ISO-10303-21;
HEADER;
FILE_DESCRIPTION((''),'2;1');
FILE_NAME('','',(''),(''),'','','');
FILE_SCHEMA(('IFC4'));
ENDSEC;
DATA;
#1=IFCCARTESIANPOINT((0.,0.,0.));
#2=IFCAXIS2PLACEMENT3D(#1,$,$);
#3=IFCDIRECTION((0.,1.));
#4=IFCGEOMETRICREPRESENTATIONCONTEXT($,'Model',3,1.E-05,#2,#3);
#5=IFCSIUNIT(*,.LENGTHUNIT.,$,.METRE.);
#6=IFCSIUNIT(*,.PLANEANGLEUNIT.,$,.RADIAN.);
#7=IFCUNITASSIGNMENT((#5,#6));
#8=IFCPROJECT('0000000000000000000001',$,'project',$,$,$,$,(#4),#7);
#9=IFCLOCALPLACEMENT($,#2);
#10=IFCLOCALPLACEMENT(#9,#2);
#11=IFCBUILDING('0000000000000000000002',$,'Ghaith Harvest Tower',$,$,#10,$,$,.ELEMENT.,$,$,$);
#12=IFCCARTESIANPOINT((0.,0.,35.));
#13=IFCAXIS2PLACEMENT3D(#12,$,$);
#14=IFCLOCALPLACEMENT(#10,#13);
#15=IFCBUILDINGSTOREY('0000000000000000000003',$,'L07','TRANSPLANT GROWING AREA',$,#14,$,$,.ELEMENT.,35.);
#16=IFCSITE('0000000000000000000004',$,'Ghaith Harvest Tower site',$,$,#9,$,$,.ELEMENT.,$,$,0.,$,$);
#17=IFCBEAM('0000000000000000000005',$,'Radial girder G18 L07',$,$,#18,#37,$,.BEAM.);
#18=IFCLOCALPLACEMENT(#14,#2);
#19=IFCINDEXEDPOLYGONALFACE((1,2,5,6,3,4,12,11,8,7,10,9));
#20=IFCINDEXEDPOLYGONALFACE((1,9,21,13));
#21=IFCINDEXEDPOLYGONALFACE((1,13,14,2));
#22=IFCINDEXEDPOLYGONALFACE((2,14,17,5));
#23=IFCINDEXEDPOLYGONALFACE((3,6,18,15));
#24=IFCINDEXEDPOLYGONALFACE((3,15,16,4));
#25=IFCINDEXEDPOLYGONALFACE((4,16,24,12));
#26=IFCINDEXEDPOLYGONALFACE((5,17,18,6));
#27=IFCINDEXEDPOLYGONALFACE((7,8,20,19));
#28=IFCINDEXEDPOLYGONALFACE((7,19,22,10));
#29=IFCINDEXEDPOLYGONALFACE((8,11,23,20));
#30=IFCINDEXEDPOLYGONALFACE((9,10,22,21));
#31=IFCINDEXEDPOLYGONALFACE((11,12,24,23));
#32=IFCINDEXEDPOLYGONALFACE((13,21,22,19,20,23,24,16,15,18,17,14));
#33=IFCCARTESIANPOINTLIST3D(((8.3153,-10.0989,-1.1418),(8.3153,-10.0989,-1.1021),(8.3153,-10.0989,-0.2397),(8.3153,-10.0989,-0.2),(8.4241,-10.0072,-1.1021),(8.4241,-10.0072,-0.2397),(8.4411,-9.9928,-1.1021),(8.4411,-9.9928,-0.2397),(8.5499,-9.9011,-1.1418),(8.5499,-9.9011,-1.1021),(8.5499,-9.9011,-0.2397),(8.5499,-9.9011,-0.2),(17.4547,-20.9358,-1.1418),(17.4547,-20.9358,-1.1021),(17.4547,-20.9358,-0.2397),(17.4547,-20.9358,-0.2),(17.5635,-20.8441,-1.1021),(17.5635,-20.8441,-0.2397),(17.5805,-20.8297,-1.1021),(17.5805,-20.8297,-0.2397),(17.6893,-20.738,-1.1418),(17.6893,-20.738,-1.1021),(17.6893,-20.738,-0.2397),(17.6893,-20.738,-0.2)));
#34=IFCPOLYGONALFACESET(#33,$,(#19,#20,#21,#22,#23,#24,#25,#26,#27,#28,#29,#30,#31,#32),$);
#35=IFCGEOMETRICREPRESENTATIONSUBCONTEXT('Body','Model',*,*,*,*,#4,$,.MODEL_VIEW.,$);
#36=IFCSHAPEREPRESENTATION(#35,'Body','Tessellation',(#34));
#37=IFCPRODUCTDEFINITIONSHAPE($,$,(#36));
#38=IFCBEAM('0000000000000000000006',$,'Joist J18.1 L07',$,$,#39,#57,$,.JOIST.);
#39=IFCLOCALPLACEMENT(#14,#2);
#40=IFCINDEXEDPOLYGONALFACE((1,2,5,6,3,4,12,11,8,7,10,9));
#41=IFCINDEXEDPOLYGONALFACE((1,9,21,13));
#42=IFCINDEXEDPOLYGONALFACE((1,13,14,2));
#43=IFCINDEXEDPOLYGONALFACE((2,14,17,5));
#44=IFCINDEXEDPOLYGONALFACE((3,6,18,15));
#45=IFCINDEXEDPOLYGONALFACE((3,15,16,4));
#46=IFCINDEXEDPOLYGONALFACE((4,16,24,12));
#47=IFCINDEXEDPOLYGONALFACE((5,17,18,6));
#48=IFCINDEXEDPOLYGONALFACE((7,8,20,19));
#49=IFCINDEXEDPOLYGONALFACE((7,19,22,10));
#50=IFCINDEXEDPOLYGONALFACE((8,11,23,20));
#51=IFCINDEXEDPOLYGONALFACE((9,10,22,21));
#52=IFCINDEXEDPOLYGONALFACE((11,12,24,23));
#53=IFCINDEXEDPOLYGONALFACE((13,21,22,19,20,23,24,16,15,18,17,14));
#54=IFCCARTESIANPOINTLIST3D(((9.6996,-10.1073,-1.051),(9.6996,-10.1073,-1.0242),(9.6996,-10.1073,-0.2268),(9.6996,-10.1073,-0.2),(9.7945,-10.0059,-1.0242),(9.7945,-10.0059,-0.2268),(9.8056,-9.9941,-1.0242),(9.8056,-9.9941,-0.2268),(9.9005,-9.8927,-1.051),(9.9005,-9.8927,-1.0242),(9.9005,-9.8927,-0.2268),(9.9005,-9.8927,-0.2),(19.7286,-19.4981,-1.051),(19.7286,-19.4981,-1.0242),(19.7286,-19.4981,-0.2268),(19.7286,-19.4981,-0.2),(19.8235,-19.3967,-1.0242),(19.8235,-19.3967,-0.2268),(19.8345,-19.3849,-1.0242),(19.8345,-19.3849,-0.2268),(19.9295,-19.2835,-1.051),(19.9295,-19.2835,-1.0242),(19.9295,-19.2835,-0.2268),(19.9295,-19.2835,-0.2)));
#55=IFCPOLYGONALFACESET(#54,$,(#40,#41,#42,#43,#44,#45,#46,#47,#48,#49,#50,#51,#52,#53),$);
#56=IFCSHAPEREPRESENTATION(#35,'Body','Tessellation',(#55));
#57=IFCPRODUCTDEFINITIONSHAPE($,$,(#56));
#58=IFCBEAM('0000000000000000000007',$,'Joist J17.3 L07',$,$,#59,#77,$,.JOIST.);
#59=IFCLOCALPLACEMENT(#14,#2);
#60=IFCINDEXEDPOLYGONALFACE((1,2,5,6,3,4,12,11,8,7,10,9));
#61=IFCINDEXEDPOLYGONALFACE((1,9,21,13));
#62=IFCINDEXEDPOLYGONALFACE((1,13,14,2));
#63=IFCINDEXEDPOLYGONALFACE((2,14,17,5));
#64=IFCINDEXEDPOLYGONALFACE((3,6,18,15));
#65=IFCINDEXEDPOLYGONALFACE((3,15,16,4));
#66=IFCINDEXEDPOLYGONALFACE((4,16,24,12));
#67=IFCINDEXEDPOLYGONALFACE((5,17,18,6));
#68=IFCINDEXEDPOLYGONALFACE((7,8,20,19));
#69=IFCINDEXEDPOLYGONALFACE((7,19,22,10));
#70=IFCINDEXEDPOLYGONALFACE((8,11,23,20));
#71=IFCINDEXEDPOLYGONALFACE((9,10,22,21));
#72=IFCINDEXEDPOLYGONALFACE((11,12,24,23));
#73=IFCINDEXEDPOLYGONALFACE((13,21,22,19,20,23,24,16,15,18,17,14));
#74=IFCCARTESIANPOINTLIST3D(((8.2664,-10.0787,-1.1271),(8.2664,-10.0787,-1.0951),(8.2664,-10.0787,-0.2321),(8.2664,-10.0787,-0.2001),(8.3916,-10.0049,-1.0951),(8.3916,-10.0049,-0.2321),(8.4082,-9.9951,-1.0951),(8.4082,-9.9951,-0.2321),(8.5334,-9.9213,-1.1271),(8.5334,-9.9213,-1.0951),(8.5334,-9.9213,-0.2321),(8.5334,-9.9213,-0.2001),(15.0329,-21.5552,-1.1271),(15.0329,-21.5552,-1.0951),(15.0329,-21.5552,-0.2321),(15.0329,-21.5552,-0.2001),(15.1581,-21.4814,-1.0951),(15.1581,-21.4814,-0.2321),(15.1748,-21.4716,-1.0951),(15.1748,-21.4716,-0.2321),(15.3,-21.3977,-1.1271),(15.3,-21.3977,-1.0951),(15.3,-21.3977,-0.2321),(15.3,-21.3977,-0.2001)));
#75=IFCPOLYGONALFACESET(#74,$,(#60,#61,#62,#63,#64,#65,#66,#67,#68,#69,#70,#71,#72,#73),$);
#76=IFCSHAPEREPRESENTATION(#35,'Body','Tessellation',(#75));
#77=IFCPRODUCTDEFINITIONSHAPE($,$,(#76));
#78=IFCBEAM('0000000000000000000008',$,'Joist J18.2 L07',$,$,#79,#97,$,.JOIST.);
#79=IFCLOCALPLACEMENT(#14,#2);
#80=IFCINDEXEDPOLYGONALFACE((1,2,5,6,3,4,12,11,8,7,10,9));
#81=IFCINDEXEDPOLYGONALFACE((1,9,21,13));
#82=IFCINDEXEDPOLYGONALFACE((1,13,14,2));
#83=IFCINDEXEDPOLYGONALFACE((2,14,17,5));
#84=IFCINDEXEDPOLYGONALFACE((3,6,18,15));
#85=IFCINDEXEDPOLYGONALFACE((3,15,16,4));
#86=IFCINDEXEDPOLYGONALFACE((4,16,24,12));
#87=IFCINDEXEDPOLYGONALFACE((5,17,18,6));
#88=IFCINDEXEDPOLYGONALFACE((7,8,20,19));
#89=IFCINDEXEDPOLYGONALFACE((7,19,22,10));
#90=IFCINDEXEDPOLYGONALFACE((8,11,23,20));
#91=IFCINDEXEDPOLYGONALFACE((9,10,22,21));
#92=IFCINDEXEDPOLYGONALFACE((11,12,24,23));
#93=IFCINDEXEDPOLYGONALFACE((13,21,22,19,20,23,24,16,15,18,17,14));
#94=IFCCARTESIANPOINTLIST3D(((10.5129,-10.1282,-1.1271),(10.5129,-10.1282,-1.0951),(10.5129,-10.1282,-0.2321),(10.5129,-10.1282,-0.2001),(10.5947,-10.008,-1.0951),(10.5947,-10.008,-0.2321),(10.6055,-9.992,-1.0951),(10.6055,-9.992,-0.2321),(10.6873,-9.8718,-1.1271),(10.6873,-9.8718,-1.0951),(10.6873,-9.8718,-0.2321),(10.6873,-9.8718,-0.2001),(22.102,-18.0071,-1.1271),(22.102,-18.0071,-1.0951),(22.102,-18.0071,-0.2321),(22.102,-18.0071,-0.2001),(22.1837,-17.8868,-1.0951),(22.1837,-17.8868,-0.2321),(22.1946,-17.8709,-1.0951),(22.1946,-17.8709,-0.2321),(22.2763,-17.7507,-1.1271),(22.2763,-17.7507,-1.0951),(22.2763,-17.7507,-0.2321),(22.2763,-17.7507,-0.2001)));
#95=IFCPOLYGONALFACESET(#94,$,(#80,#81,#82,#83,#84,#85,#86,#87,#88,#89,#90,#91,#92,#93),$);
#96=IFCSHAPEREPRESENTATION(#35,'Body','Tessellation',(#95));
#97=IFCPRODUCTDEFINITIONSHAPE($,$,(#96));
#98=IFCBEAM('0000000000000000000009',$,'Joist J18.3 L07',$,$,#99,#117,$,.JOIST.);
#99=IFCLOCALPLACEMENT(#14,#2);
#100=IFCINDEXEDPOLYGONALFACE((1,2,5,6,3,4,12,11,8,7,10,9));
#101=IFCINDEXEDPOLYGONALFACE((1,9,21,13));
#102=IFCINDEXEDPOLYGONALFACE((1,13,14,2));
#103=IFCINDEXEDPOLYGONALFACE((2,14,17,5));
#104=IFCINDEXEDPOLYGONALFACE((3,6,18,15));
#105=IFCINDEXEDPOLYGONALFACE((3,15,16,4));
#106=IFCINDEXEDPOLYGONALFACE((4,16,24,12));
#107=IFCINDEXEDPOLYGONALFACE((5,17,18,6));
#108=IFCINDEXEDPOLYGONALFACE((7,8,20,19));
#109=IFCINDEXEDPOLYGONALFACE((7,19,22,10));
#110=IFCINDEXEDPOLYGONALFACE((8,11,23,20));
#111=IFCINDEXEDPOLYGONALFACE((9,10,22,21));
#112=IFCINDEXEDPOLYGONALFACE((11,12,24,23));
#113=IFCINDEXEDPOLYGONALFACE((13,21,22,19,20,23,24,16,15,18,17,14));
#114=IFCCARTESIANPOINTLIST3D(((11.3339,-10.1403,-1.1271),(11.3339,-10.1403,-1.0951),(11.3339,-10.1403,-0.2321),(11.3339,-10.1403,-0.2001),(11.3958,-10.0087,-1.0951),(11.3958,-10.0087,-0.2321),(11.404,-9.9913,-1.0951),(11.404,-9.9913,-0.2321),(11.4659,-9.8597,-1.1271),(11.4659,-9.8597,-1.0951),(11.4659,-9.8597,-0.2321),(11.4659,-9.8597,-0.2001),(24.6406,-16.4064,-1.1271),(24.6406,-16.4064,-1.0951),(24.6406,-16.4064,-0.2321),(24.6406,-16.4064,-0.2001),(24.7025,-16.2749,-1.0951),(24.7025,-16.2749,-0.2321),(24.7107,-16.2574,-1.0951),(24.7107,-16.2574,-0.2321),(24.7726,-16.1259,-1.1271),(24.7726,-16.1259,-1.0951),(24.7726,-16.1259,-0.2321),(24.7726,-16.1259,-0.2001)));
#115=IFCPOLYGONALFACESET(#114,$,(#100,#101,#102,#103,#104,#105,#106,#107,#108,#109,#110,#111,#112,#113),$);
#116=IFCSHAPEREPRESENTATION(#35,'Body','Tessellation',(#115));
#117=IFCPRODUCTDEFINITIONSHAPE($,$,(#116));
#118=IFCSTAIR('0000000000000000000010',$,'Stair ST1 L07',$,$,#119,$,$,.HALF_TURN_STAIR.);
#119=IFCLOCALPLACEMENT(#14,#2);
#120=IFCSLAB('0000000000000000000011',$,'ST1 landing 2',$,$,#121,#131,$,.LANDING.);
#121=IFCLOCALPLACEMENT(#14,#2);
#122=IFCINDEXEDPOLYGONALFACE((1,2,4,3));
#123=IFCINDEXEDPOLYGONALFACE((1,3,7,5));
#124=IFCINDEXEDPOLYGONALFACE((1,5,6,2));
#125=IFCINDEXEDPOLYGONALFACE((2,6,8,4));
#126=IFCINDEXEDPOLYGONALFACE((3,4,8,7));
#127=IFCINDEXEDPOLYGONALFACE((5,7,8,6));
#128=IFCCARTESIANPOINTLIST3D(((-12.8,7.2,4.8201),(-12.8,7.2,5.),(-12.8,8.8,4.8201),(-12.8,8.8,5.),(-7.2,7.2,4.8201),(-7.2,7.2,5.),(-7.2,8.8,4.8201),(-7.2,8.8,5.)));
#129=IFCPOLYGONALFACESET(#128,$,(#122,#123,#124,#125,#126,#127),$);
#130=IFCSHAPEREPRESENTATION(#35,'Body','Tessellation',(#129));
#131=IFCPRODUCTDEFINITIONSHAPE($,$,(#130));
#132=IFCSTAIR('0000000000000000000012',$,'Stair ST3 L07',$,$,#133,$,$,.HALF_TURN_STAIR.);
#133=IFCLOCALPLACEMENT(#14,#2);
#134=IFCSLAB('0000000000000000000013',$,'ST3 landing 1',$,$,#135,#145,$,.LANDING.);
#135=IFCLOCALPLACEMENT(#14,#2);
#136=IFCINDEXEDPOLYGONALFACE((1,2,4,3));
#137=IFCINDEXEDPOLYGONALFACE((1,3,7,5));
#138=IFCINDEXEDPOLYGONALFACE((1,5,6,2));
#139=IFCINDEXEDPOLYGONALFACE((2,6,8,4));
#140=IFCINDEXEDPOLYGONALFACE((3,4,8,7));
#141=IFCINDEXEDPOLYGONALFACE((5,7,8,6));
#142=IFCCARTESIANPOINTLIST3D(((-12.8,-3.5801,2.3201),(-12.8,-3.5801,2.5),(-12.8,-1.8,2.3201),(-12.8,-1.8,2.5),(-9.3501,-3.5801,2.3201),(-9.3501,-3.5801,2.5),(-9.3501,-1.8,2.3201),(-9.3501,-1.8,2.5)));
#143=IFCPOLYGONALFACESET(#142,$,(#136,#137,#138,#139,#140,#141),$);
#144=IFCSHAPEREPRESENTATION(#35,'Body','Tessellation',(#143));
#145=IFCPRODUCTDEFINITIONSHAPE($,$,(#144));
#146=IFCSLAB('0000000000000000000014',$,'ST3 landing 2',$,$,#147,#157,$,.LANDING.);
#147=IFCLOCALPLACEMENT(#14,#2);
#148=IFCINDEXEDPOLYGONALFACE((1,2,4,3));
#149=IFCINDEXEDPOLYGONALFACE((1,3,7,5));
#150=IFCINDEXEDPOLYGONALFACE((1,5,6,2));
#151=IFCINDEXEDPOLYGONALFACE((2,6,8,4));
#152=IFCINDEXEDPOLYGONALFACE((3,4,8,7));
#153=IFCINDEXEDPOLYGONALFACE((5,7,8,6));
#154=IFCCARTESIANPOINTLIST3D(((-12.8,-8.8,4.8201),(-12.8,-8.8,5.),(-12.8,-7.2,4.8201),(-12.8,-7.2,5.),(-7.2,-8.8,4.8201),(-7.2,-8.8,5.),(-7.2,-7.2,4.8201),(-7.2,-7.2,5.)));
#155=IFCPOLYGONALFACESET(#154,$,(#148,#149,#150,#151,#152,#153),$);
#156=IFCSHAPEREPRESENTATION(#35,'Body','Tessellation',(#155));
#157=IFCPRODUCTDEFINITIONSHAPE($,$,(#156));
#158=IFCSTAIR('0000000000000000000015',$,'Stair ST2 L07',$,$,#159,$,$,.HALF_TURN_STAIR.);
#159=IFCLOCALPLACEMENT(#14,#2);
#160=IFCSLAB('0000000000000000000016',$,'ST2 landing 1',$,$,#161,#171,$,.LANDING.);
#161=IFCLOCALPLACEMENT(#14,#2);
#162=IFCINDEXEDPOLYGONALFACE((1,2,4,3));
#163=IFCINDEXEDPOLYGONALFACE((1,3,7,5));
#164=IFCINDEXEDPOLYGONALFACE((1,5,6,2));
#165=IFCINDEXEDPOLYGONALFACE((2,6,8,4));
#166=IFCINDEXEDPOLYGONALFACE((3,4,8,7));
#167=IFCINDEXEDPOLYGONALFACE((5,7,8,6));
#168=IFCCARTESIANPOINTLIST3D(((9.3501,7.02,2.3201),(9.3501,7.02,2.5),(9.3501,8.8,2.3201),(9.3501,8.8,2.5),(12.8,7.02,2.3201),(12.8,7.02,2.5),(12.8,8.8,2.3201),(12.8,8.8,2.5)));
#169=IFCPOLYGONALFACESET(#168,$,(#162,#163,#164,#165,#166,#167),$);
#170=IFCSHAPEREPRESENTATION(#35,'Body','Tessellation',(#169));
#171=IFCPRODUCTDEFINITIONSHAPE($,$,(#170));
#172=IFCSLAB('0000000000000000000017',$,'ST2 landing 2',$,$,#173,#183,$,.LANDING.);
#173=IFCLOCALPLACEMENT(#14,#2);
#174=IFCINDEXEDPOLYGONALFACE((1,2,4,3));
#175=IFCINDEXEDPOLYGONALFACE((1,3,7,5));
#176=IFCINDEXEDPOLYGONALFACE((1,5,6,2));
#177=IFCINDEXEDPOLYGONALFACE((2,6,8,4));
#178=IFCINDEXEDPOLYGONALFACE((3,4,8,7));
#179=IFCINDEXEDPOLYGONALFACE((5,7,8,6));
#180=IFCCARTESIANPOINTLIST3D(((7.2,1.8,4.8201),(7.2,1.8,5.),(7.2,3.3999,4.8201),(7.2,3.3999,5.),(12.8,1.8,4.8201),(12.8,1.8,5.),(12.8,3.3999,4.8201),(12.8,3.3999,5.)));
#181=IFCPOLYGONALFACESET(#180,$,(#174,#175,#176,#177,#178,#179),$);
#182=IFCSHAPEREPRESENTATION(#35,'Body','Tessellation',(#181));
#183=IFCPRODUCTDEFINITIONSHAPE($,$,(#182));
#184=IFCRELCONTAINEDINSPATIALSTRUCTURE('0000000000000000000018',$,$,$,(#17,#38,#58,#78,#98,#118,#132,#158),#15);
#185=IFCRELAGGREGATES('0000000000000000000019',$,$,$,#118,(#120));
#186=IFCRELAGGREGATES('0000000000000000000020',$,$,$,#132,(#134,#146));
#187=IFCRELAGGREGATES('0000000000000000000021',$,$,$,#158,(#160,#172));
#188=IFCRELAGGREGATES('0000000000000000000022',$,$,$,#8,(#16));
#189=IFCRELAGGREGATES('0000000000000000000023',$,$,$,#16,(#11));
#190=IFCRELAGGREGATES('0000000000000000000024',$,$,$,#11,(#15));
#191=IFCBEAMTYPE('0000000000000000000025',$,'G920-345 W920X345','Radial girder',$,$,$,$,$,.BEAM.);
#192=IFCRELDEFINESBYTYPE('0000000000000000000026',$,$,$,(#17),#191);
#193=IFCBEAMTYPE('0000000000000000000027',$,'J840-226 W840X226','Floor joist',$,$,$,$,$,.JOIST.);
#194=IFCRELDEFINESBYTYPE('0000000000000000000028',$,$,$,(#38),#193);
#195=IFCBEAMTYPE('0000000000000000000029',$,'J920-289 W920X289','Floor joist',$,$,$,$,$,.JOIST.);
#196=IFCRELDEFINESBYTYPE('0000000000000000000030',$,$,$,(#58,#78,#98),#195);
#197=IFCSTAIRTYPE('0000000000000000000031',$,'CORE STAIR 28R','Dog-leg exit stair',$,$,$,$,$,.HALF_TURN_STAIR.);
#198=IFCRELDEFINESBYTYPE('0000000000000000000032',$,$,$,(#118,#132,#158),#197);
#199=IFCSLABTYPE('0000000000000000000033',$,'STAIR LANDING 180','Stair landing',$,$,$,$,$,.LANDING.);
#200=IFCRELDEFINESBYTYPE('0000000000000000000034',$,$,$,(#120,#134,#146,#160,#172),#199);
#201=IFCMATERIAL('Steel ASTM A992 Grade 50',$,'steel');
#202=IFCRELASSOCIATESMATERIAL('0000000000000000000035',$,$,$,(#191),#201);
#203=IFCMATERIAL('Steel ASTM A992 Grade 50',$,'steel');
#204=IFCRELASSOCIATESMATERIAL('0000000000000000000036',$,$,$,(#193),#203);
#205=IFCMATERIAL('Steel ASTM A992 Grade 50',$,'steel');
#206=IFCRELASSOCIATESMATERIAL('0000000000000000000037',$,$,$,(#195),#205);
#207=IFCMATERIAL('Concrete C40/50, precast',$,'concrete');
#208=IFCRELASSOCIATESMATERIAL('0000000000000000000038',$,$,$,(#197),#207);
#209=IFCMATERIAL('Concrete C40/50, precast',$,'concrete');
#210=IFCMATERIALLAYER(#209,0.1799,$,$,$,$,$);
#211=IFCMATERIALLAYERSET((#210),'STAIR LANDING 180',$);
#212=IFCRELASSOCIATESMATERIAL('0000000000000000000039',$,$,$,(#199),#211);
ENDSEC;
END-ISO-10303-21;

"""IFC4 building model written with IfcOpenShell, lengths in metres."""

from ifc_helpers import new_model, si_unit, direction, frame, origin, origin_2d, place, context, subcontext, project, spatial, polyline, i_section, outline, extrude, material, layer, layer_set, material_profile, profile_set, type_object, element, aggregate, save


model = new_model("IFC4")

# Units and contexts
model_context = context("Model", 3, precision=1e-05, world=origin(), true_north=direction((0.0, 1.0)))
body_context = subcontext(model_context, "Body", "Model", "MODEL_VIEW")
ifc_project = project(units=[si_unit("LENGTHUNIT", "METRE"), si_unit("PLANEANGLEUNIT", "RADIAN")], contexts=[model_context])

# Site, building, storey
site_placement = place(None, origin())
site = spatial("IfcSite", under=ifc_project, at=site_placement, Name="Ghaith Harvest Tower site", CompositionType="ELEMENT", RefElevation=0.0)
building_placement = place(site_placement, origin())
building = spatial("IfcBuilding", under=site, at=building_placement, Name="Ghaith Harvest Tower", CompositionType="ELEMENT")
storey_placement = place(building_placement, frame((0.0, 0.0, 35.0)))
storey = spatial("IfcBuildingStorey", under=building, at=storey_placement, Name="L07", Description="TRANSPLANT GROWING AREA", CompositionType="ELEMENT", Elevation=35.0)

# Beams
ifc_material_1 = material(Name="Steel ASTM A992 Grade 50", Category="steel")
ifc_material_profile_1 = material_profile(ifc_material_1, i_section(OverallWidth=0.3069, OverallDepth=0.9419, WebThickness=0.0222, FlangeThickness=0.0398, at=origin_2d()), Name="W920X345")
ifc_profile_set_1 = profile_set([ifc_material_profile_1], Name="Steel ASTM A992 Grade 50")
beam_type_1 = type_object("IfcBeamType", Name="G920-345 W920X345", Description="Radial girder", PredefinedType="BEAM", material=ifc_profile_set_1)
beam_1_placement = place(storey_placement, frame((8.4326, -10.0, -0.6709), z_axis=(0.644696, -0.764439, 0.0), x_axis=(0.764439, 0.644696, 0.0)))
element("IfcBeam", 1, at=beam_1_placement, inside=storey, type_object=beam_type_1, Name="Radial girder G18 L07", PredefinedType="BEAM", context=body_context, shape_type="SweptSolid", body=[
    extrude(i_section(OverallWidth=0.3069, OverallDepth=0.9419, WebThickness=0.0222, FlangeThickness=0.0398, at=origin_2d()), origin(), (0.0, 0.0, 1.0), 14.1763),
])
ifc_material_2 = material(Name="Steel ASTM A992 Grade 50", Category="steel")
ifc_material_profile_2 = material_profile(ifc_material_2, i_section(OverallWidth=0.2939, OverallDepth=0.8511, WebThickness=0.0161, FlangeThickness=0.0269, at=origin_2d()), Name="W840X226")
ifc_profile_set_2 = profile_set([ifc_material_profile_2], Name="Steel ASTM A992 Grade 50")
beam_type_2 = type_object("IfcBeamType", Name="J840-226 W840X226", Description="Floor joist", PredefinedType="JOIST", material=ifc_profile_set_2)
beam_2_placement = place(storey_placement, frame((9.8, -10.0, -0.6255), z_axis=(0.72995, -0.683501, 0.0), x_axis=(0.683501, 0.72995, 0.0)))
element("IfcBeam", 2, at=beam_2_placement, inside=storey, type_object=beam_type_2, Name="Joist J18.1 L07", PredefinedType="JOIST", context=body_context, shape_type="SweptSolid", body=[
    extrude(i_section(OverallWidth=0.2939, OverallDepth=0.8511, WebThickness=0.0161, FlangeThickness=0.0269, at=origin_2d()), origin(), (0.0, 0.0, 1.0), 13.7393),
])
ifc_material_3 = material(Name="Steel ASTM A992 Grade 50", Category="steel")
ifc_material_profile_3 = material_profile(ifc_material_3, i_section(OverallWidth=0.3101, OverallDepth=0.927, WebThickness=0.0193, FlangeThickness=0.032, at=origin_2d()), Name="W920X289")
ifc_profile_set_3 = profile_set([ifc_material_profile_3], Name="Steel ASTM A992 Grade 50")
beam_type_3 = type_object("IfcBeamType", Name="J920-289 W920X289", Description="Floor joist", PredefinedType="JOIST", material=ifc_profile_set_3)
beam_3_placement = place(storey_placement, frame((8.3999, -10.0, -0.6636), z_axis=(0.507894, -0.861419, 0.0), x_axis=(0.861419, 0.507894, 0.0)))
element("IfcBeam", 3, at=beam_3_placement, inside=storey, type_object=beam_type_3, Name="Joist J17.3 L07", PredefinedType="JOIST", context=body_context, shape_type="SweptSolid", body=[
    extrude(i_section(OverallWidth=0.3101, OverallDepth=0.927, WebThickness=0.0193, FlangeThickness=0.032, at=origin_2d()), origin(), (0.0, 0.0, 1.0), 13.3228),
])
beam_4_placement = place(storey_placement, frame((10.6001, -10.0, -0.6636), z_axis=(0.826983, -0.562228, 0.0), x_axis=(0.562228, 0.826983, 0.0)))
element("IfcBeam", 4, at=beam_4_placement, inside=storey, type_object=beam_type_3, Name="Joist J18.2 L07", PredefinedType="JOIST", context=body_context, shape_type="SweptSolid", body=[
    extrude(i_section(OverallWidth=0.3101, OverallDepth=0.927, WebThickness=0.0193, FlangeThickness=0.032, at=origin_2d()), origin(), (0.0, 0.0, 1.0), 14.0137),
])
beam_5_placement = place(storey_placement, frame((11.3999, -10.0, -0.6636), z_axis=(0.90471, -0.426029, 0.0), x_axis=(0.426029, 0.90471, 0.0)))
element("IfcBeam", 5, at=beam_5_placement, inside=storey, type_object=beam_type_3, Name="Joist J18.3 L07", PredefinedType="JOIST", context=body_context, shape_type="SweptSolid", body=[
    extrude(i_section(OverallWidth=0.3101, OverallDepth=0.927, WebThickness=0.0193, FlangeThickness=0.032, at=origin_2d()), origin(), (0.0, 0.0, 1.0), 14.7083),
])

# Stair, slab
ifc_material_4 = material(Name="Concrete C40/50, precast", Category="concrete")
stair_type = type_object("IfcStairType", Name="CORE STAIR 28R", Description="Dog-leg exit stair", PredefinedType="HALF_TURN_STAIR", material=ifc_material_4)
stair_1_placement = place(storey_placement, origin())
stair_1 = element("IfcStair", 6, at=stair_1_placement, inside=storey, type_object=stair_type, Name="Stair ST1 L07", PredefinedType="HALF_TURN_STAIR")
ifc_material_5 = material(Name="Concrete C40/50, precast", Category="concrete")
ifc_layer_1 = layer(ifc_material_5, 0.1799)
ifc_layer_set_1 = layer_set([ifc_layer_1], Name="STAIR LANDING 180")
slab_type = type_object("IfcSlabType", Name="STAIR LANDING 180", Description="Stair landing", PredefinedType="LANDING", material=ifc_layer_set_1)
slab_1_placement = place(storey_placement, frame((0.0, 0.0, 4.8201)))
slab_1 = element("IfcSlab", 7, at=slab_1_placement, type_object=slab_type, Name="ST1 landing 2", PredefinedType="LANDING", context=body_context, shape_type="SweptSolid", body=[
    extrude(outline(polyline([(-12.8, 8.8), (-12.8, 7.2), (-7.2, 7.2), (-7.2, 8.8), (-12.8, 8.8)])), origin(), (0.0, 0.0, 1.0), 0.1799),
])
aggregate(stair_1, [slab_1])

# Stairs, slabs
stair_2_placement = place(storey_placement, origin())
stair_2 = element("IfcStair", 8, at=stair_2_placement, inside=storey, type_object=stair_type, Name="Stair ST3 L07", PredefinedType="HALF_TURN_STAIR")
slab_2_placement = place(storey_placement, frame((0.0, 0.0, 2.3201)))
slab_2 = element("IfcSlab", 9, at=slab_2_placement, type_object=slab_type, Name="ST3 landing 1", PredefinedType="LANDING", context=body_context, shape_type="SweptSolid", body=[
    extrude(outline(polyline([(-12.8, -3.5801), (-12.8, -1.8), (-9.3501, -1.8), (-9.3501, -3.5801), (-12.8, -3.5801)])), origin(), (0.0, 0.0, 1.0), 0.1799),
])
slab_3_placement = place(storey_placement, frame((0.0, 0.0, 4.8201)))
slab_3 = element("IfcSlab", 10, at=slab_3_placement, type_object=slab_type, Name="ST3 landing 2", PredefinedType="LANDING", context=body_context, shape_type="SweptSolid", body=[
    extrude(outline(polyline([(-12.8, -8.8), (-12.8, -7.2), (-7.2, -7.2), (-7.2, -8.8), (-12.8, -8.8)])), origin(), (0.0, 0.0, 1.0), 0.1799),
])
aggregate(stair_2, [slab_2, slab_3])
stair_3_placement = place(storey_placement, origin())
stair_3 = element("IfcStair", 11, at=stair_3_placement, inside=storey, type_object=stair_type, Name="Stair ST2 L07", PredefinedType="HALF_TURN_STAIR")
slab_4_placement = place(storey_placement, frame((0.0, 0.0, 2.3201)))
slab_4 = element("IfcSlab", 12, at=slab_4_placement, type_object=slab_type, Name="ST2 landing 1", PredefinedType="LANDING", context=body_context, shape_type="SweptSolid", body=[
    extrude(outline(polyline([(12.8, 7.02), (12.8, 8.8), (9.3501, 8.8), (9.3501, 7.02), (12.8, 7.02)])), origin(), (0.0, 0.0, 1.0), 0.1799),
])
slab_5_placement = place(storey_placement, frame((0.0, 0.0, 4.8201)))
slab_5 = element("IfcSlab", 13, at=slab_5_placement, type_object=slab_type, Name="ST2 landing 2", PredefinedType="LANDING", context=body_context, shape_type="SweptSolid", body=[
    extrude(outline(polyline([(12.8, 1.8), (12.8, 3.3999), (7.2, 3.3999), (7.2, 1.8), (12.8, 1.8)])), origin(), (0.0, 0.0, 1.0), 0.1799),
])
aggregate(stair_3, [slab_4, slab_5])

save(model, "model.ifc")
